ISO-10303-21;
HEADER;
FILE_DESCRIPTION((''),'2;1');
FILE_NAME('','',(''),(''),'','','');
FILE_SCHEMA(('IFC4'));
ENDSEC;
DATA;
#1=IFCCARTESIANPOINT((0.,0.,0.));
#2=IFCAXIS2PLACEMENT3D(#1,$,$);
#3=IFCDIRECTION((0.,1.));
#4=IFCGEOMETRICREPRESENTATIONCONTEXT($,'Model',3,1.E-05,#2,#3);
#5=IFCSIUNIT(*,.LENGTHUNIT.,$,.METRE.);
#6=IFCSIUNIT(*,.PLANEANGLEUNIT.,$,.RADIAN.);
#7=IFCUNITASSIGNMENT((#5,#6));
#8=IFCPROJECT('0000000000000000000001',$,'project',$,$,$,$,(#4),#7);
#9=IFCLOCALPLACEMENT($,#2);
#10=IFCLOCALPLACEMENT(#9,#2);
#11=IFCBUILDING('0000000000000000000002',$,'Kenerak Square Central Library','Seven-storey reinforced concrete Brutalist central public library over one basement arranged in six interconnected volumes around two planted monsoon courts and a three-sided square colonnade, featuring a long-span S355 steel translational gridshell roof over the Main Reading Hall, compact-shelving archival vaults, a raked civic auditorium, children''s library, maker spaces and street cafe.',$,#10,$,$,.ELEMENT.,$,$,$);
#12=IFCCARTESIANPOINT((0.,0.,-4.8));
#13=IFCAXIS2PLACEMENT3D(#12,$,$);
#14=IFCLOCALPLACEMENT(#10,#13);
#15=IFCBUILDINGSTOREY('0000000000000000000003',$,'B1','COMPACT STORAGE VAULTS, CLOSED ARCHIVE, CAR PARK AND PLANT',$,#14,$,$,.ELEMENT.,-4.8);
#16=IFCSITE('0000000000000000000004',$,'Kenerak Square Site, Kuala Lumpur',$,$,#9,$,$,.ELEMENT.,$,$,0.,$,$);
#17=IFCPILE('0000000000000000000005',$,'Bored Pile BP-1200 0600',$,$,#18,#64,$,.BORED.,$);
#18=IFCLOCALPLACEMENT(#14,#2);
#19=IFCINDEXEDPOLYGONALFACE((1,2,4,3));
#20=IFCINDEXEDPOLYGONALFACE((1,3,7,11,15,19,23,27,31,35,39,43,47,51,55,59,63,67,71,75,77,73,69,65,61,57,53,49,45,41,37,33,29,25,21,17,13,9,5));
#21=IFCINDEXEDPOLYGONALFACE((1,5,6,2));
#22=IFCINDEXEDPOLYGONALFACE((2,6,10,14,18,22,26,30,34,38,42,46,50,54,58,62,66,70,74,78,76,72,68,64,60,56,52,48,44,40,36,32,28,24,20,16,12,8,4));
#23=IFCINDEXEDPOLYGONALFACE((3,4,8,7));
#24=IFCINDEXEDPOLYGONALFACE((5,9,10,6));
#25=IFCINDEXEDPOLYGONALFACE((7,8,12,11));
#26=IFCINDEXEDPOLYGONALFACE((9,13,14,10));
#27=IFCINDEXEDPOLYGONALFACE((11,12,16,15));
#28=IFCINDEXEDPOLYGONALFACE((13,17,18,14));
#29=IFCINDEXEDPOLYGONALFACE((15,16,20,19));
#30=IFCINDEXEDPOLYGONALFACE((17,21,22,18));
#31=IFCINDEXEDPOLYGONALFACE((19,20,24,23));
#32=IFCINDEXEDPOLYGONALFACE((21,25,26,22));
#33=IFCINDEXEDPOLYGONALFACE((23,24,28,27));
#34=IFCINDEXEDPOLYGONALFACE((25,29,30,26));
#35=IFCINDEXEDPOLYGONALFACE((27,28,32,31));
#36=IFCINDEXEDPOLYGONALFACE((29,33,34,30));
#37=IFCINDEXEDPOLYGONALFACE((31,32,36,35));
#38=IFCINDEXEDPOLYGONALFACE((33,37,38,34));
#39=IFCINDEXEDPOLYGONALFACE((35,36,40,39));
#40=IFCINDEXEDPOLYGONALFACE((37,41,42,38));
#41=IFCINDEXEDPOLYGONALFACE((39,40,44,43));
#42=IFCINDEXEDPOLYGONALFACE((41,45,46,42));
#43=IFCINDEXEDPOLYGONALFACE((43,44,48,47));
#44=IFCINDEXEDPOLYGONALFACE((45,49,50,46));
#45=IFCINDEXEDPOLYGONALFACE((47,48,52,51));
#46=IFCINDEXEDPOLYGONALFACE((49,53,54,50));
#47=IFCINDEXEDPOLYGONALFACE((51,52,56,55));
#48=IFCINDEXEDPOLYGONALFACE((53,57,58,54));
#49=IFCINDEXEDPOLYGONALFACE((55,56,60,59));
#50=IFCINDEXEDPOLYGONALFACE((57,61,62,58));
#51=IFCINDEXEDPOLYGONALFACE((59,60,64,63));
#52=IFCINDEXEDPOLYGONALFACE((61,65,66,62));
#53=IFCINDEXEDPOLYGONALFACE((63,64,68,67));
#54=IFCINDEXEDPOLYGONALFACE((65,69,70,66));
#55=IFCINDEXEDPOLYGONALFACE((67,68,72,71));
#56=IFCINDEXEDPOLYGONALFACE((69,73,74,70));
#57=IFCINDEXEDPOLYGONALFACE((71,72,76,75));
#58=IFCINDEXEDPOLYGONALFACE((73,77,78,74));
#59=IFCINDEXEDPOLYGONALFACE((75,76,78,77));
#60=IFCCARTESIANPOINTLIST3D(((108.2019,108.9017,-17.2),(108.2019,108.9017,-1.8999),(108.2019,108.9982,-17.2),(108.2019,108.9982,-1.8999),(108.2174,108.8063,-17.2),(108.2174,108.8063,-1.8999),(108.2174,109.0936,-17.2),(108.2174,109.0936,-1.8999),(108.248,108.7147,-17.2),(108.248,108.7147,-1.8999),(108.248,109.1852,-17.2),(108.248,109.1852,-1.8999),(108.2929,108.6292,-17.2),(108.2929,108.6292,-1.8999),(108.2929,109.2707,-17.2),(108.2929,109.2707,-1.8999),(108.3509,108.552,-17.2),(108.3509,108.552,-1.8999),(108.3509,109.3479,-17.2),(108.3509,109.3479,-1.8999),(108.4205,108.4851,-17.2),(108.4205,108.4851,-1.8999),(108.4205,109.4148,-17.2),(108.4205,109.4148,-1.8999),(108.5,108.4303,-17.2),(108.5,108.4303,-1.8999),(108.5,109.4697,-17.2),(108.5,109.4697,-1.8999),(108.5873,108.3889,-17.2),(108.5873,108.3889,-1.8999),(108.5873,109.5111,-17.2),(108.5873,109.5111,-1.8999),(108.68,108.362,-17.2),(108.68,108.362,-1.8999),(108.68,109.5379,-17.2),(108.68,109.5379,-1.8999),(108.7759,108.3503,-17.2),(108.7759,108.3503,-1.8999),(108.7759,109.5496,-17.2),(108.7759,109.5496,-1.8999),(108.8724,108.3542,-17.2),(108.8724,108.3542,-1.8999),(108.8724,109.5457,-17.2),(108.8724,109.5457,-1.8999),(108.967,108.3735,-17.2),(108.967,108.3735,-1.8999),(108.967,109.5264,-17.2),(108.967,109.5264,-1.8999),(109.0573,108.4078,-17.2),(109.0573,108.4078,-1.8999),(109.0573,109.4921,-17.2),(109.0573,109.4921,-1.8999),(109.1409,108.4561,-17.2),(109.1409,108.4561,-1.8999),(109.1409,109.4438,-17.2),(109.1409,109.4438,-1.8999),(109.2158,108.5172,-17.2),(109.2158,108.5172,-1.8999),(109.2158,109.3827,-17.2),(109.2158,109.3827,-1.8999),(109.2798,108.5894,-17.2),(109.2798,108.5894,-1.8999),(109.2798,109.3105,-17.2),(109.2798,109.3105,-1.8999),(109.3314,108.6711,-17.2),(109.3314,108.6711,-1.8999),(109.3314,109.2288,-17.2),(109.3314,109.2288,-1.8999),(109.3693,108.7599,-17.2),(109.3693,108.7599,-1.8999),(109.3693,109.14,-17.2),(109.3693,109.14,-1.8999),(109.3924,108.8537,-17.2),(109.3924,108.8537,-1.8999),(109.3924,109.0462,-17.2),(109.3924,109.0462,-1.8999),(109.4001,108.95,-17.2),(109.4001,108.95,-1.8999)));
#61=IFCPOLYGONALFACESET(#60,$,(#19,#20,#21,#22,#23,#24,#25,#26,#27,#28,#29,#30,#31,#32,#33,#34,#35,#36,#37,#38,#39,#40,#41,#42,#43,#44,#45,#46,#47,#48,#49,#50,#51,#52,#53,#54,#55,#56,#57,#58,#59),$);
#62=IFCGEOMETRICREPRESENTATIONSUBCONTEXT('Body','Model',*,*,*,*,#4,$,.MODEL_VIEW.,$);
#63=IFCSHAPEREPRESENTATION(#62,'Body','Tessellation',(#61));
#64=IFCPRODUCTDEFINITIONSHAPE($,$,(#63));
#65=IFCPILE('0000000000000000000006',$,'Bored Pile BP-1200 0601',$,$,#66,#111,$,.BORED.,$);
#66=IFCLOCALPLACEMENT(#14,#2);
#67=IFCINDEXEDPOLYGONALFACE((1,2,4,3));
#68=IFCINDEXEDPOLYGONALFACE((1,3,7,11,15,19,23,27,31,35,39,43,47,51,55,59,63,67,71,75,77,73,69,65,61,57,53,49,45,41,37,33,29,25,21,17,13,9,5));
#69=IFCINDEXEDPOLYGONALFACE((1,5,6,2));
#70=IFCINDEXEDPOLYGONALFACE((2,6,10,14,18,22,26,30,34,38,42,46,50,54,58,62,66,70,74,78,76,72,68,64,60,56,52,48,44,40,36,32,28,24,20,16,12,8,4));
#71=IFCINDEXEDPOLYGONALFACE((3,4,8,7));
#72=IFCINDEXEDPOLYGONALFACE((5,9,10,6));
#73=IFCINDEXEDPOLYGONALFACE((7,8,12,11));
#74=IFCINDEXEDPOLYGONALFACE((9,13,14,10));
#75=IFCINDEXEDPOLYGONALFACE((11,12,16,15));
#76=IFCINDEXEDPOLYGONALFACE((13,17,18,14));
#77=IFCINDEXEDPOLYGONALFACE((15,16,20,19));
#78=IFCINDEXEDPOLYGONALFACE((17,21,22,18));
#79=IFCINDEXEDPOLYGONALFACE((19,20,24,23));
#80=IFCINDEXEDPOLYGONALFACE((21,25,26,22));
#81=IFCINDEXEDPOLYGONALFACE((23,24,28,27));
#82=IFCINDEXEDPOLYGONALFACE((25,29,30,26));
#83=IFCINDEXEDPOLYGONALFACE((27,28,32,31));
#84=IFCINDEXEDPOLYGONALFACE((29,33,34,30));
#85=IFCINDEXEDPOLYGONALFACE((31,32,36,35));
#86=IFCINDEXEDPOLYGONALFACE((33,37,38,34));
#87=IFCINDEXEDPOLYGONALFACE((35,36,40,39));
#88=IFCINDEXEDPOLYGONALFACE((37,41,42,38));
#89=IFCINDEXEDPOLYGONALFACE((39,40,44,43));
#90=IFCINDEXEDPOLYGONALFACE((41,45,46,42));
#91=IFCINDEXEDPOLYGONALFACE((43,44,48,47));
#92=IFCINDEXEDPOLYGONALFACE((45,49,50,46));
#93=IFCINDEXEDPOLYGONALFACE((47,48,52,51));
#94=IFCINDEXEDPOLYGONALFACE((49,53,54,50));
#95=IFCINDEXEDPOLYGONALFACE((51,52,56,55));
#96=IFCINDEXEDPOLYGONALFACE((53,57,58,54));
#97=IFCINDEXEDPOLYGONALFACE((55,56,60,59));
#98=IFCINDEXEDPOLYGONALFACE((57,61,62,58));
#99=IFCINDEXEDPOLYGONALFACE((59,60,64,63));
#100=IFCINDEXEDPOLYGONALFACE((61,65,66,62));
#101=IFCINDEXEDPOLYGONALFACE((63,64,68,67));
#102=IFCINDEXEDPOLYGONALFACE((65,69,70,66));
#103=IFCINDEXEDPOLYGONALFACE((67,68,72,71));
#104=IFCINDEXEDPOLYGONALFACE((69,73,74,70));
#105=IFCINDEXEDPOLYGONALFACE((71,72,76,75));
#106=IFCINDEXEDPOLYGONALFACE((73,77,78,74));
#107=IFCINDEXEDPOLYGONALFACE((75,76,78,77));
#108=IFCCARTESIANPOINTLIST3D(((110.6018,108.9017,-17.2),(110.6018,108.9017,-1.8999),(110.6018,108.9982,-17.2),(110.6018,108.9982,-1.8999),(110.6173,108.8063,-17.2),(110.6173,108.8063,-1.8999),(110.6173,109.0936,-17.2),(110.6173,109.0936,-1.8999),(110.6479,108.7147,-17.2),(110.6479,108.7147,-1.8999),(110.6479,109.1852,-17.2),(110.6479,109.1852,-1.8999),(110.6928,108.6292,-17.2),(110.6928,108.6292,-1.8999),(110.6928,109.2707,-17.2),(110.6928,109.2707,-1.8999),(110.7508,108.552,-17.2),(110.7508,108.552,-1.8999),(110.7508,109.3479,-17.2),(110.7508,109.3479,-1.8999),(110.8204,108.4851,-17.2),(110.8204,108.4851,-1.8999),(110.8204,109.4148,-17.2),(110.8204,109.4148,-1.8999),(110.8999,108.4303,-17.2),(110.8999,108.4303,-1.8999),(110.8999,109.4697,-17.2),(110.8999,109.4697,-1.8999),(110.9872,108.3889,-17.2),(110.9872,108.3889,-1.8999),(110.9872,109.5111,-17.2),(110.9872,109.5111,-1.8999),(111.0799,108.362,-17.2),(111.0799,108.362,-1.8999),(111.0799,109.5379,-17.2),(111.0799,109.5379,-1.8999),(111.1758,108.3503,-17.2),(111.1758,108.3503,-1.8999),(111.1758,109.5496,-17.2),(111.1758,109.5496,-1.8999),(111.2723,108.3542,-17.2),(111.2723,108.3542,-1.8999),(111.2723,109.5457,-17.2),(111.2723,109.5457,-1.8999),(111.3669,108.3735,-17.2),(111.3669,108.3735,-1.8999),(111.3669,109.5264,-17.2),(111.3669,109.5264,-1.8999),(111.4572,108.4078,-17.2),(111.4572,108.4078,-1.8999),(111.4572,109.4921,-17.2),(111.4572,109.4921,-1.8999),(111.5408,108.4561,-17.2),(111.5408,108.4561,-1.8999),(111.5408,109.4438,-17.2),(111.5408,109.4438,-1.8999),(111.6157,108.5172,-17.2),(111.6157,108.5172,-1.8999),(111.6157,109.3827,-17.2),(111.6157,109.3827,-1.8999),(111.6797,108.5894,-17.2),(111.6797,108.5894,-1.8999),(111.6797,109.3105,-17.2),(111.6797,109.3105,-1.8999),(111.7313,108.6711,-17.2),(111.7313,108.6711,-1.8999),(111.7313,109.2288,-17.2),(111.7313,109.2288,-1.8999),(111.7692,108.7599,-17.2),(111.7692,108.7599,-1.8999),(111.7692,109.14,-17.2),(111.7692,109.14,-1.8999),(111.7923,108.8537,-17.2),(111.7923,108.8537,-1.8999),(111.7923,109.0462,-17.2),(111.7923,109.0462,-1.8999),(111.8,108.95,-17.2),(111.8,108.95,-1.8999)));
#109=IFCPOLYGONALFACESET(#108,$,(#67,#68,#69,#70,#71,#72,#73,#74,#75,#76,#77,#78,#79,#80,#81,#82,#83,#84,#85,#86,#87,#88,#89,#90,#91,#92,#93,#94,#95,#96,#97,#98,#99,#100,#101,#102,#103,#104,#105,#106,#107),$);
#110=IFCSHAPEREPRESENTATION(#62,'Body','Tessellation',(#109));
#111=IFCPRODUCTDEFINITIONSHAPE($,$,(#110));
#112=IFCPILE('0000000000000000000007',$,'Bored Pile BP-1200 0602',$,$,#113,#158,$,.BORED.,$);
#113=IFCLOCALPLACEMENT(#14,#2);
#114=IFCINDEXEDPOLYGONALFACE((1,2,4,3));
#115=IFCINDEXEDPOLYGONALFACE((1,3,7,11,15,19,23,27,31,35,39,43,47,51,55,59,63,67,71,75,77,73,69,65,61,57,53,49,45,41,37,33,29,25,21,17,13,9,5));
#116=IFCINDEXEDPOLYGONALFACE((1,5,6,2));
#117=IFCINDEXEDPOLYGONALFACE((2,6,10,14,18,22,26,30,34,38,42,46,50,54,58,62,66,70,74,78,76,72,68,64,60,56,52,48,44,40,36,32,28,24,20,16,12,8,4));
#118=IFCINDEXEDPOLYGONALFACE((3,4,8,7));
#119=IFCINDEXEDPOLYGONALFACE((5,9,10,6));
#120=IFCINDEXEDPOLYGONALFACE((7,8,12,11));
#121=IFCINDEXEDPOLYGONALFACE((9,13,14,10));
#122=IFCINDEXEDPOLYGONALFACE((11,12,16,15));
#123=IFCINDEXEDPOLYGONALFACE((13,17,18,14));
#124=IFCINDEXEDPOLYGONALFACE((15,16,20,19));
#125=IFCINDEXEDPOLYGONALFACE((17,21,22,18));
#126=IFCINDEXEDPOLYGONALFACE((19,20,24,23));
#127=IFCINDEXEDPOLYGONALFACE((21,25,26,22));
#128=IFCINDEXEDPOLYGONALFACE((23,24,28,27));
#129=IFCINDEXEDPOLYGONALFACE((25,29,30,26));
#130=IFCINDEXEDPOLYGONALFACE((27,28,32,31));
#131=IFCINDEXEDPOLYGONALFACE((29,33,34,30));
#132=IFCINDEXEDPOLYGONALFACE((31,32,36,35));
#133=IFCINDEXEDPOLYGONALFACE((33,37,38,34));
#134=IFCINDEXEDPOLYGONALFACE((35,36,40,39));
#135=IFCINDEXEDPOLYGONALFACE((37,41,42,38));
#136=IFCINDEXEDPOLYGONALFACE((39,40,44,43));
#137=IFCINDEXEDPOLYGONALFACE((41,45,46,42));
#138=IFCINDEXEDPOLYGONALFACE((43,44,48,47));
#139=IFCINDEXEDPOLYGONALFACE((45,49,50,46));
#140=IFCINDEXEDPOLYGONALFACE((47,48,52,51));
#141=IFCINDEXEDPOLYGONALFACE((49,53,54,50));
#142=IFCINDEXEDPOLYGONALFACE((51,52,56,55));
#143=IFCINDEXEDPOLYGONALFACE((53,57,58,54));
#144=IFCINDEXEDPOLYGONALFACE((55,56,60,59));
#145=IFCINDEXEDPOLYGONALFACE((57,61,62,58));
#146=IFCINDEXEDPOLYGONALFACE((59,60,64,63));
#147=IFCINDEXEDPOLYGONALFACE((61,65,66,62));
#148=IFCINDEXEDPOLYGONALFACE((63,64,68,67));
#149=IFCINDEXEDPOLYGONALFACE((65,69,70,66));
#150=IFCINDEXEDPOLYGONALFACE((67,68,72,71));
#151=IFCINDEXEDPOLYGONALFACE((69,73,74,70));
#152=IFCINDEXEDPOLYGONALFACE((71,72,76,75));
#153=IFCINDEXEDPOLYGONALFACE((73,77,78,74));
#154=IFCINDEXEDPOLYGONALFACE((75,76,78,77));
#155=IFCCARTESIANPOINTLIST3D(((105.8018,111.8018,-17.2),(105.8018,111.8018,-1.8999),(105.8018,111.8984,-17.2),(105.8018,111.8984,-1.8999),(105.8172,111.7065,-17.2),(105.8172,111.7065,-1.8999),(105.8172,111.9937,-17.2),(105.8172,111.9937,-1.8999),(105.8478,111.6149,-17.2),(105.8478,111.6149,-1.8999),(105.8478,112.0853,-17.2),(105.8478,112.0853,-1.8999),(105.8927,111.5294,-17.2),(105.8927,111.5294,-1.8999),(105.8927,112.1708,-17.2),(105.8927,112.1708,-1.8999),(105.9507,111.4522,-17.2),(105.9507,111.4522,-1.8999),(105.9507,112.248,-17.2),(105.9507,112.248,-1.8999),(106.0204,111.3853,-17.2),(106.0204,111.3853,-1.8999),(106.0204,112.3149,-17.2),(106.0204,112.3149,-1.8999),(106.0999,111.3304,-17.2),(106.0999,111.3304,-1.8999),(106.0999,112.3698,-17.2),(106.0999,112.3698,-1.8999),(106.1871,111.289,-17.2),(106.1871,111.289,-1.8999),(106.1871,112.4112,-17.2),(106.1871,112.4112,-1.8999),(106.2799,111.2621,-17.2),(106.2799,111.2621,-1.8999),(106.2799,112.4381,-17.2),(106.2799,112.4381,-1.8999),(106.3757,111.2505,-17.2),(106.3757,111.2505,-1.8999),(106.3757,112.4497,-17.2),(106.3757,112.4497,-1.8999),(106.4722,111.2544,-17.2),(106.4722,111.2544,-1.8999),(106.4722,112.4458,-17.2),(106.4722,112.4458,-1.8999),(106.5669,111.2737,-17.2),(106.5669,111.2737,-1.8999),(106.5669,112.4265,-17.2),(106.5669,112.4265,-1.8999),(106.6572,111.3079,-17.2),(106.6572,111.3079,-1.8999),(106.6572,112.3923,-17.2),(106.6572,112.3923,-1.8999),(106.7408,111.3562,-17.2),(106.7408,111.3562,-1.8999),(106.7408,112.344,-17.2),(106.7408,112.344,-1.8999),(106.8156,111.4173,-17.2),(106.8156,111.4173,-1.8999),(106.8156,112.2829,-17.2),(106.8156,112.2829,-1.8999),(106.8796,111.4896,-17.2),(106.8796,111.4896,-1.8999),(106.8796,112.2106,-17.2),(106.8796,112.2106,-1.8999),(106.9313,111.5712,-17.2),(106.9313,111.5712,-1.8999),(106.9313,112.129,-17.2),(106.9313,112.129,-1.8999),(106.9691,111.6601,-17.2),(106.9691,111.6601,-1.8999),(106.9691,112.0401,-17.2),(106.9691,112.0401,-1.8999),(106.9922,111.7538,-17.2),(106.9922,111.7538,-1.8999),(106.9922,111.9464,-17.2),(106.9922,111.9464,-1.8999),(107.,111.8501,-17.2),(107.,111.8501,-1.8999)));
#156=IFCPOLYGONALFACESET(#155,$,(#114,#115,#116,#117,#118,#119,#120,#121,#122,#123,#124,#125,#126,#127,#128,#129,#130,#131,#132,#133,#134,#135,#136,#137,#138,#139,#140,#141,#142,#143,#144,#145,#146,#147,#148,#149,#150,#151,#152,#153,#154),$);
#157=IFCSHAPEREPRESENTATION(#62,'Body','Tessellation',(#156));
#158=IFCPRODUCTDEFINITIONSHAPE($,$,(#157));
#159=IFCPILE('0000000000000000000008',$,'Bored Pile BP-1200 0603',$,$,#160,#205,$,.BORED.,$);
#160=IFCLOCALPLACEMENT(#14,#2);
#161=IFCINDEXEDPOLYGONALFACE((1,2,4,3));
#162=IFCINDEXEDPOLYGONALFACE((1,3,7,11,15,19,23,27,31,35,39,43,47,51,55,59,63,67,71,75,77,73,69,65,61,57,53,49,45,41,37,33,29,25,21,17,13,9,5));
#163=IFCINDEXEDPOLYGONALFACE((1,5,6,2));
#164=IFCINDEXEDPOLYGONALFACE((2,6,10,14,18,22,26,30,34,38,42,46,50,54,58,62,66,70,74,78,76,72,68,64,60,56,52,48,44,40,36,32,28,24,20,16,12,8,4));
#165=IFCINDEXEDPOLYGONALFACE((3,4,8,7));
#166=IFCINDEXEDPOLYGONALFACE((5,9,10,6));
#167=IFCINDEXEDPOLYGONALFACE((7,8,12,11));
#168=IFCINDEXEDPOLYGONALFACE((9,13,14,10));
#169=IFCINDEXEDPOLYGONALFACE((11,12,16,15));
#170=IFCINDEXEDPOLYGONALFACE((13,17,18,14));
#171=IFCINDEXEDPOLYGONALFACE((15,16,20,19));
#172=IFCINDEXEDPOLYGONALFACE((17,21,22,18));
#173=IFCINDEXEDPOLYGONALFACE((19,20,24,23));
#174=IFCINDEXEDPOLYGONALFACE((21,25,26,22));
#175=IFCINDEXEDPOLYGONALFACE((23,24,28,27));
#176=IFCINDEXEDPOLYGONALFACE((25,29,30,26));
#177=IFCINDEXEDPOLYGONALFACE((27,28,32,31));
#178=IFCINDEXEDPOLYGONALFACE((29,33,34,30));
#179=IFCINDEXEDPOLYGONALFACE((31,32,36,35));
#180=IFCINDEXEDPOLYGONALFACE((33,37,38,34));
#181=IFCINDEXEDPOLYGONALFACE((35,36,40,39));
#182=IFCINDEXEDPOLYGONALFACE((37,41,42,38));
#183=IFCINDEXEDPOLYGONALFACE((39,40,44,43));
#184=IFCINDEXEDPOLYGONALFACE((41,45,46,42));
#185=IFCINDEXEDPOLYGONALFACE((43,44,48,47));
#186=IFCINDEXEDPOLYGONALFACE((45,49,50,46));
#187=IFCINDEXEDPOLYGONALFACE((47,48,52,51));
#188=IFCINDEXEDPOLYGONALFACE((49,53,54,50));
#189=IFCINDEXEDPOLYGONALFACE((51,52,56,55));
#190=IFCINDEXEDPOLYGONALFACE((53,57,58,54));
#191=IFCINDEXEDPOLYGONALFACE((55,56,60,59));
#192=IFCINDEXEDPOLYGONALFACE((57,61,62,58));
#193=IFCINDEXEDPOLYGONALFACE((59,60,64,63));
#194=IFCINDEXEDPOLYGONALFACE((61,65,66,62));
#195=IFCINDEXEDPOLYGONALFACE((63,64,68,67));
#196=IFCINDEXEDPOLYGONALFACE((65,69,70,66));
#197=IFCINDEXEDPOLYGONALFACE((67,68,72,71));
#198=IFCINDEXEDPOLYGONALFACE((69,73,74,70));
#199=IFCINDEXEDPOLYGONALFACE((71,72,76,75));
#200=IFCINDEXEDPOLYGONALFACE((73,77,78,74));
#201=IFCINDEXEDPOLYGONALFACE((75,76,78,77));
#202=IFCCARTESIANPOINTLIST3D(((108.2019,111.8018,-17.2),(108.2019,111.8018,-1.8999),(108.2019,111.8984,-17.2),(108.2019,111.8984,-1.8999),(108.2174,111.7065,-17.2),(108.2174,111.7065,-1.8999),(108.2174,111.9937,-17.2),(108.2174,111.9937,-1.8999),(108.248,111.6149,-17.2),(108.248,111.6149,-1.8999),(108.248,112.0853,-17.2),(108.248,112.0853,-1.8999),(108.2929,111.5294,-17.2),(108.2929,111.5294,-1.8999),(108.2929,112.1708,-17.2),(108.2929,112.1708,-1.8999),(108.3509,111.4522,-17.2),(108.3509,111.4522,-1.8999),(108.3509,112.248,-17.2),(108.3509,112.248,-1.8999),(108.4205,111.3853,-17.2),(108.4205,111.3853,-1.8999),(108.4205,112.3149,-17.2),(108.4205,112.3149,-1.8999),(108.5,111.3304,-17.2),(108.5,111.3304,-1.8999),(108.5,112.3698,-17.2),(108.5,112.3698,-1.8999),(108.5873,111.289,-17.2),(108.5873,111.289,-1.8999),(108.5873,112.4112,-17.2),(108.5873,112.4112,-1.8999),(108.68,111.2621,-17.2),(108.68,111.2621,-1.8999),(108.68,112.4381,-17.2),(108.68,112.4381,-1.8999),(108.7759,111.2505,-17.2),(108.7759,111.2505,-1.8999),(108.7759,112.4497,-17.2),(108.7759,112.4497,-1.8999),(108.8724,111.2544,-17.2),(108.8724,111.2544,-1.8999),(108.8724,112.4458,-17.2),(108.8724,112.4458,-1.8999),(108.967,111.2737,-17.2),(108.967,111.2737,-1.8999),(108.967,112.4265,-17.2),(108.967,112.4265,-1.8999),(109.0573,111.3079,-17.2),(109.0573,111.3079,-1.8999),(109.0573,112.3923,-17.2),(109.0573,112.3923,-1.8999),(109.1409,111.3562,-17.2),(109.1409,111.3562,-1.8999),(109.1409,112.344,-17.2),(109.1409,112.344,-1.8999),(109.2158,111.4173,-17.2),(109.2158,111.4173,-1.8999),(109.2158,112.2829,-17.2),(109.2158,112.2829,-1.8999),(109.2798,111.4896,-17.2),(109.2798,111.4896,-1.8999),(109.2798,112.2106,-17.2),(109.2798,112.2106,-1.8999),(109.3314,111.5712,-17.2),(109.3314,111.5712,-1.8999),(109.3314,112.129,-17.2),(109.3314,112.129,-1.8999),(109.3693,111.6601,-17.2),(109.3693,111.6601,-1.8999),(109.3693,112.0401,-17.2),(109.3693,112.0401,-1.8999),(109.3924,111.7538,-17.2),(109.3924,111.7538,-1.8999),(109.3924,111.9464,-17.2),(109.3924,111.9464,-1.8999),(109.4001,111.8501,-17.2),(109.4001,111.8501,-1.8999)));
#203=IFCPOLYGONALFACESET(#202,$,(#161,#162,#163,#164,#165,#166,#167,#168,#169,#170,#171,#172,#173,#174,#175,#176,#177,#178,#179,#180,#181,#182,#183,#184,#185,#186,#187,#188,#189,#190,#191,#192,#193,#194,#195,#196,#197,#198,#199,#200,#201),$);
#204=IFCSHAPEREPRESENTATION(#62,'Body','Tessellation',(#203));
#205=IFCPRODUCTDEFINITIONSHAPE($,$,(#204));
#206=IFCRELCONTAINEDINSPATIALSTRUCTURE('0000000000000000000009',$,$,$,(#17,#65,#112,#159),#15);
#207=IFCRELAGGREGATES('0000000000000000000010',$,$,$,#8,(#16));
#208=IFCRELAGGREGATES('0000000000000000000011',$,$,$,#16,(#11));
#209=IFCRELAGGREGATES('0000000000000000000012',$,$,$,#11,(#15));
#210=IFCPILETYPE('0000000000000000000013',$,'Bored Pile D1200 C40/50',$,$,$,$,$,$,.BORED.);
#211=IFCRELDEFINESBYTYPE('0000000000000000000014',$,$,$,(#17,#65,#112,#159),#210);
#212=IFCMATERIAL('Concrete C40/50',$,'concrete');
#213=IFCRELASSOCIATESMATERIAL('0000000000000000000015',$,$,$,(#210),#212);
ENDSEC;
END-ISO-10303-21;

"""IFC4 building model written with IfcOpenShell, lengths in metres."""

from ifc_helpers import new_model, si_unit, direction, frame, origin, origin_2d, place, context, subcontext, project, spatial, circle, extrude, material, material_profile, profile_set, type_object, element, save


model = new_model("IFC4")

# Units and contexts
model_context = context("Model", 3, precision=1e-05, world=origin(), true_north=direction((0.0, 1.0)))
body_context = subcontext(model_context, "Body", "Model", "MODEL_VIEW")
ifc_project = project(units=[si_unit("LENGTHUNIT", "METRE"), si_unit("PLANEANGLEUNIT", "RADIAN")], contexts=[model_context])

# Site, building, storey
site_placement = place(None, origin())
site = spatial("IfcSite", under=ifc_project, at=site_placement, Name="Kenerak Square Site, Kuala Lumpur", CompositionType="ELEMENT", RefElevation=0.0)
building_placement = place(site_placement, origin())
building = spatial("IfcBuilding", under=site, at=building_placement, Name="Kenerak Square Central Library", Description="Seven-storey reinforced concrete Brutalist central public library over one basement arranged in six interconnected volumes around two planted monsoon courts and a three-sided square colonnade, featuring a long-span S355 steel translational gridshell roof over the Main Reading Hall, compact-shelving archival vaults, a raked civic auditorium, children's library, maker spaces and street cafe.", CompositionType="ELEMENT")
storey_placement = place(building_placement, frame((0.0, 0.0, -4.8)))
storey = spatial("IfcBuildingStorey", under=building, at=storey_placement, Name="B1", Description="COMPACT STORAGE VAULTS, CLOSED ARCHIVE, CAR PARK AND PLANT", CompositionType="ELEMENT", Elevation=-4.8)

# Piles
ifc_material_1 = material(Name="Concrete C40/50", Category="concrete")
ifc_material_profile_1 = material_profile(ifc_material_1, circle(Radius=0.6001, at=origin_2d()), Name="BP D1200")
ifc_profile_set_1 = profile_set([ifc_material_profile_1], Name="Concrete C40/50")
pile_type_1 = type_object("IfcPileType", Name="Bored Pile D1200 C40/50", PredefinedType="BORED", material=ifc_profile_set_1)
for number, where, z_axis, x_axis, name in (
    (1, (108.8, 108.95, -1.8999), (0.0, 0.0, -1.0), (1.0, 0.0, 0.0), "Bored Pile BP-1200 0600"),
    (2, (111.2, 108.95, -1.8999), (0.0, 0.0, -1.0), (1.0, 0.0, 0.0), "Bored Pile BP-1200 0601"),
    (3, (106.3999, 111.8501, -1.8999), (0.0, 0.0, -1.0), (1.0, 0.0, 0.0), "Bored Pile BP-1200 0602"),
    (4, (108.8, 111.8501, -1.8999), (0.0, 0.0, -1.0), (1.0, 0.0, 0.0), "Bored Pile BP-1200 0603"),
):
    element("IfcPile", number, at=place(storey_placement, frame(where, z_axis=z_axis, x_axis=x_axis)), inside=storey, type_object=pile_type_1, Name=name, PredefinedType="BORED", context=body_context, shape_type="SweptSolid", body=[
        extrude(circle(Radius=0.6001, at=origin_2d()), origin(), (0.0, 0.0, 1.0), 15.3),
    ])

save(model, "model.ifc")
